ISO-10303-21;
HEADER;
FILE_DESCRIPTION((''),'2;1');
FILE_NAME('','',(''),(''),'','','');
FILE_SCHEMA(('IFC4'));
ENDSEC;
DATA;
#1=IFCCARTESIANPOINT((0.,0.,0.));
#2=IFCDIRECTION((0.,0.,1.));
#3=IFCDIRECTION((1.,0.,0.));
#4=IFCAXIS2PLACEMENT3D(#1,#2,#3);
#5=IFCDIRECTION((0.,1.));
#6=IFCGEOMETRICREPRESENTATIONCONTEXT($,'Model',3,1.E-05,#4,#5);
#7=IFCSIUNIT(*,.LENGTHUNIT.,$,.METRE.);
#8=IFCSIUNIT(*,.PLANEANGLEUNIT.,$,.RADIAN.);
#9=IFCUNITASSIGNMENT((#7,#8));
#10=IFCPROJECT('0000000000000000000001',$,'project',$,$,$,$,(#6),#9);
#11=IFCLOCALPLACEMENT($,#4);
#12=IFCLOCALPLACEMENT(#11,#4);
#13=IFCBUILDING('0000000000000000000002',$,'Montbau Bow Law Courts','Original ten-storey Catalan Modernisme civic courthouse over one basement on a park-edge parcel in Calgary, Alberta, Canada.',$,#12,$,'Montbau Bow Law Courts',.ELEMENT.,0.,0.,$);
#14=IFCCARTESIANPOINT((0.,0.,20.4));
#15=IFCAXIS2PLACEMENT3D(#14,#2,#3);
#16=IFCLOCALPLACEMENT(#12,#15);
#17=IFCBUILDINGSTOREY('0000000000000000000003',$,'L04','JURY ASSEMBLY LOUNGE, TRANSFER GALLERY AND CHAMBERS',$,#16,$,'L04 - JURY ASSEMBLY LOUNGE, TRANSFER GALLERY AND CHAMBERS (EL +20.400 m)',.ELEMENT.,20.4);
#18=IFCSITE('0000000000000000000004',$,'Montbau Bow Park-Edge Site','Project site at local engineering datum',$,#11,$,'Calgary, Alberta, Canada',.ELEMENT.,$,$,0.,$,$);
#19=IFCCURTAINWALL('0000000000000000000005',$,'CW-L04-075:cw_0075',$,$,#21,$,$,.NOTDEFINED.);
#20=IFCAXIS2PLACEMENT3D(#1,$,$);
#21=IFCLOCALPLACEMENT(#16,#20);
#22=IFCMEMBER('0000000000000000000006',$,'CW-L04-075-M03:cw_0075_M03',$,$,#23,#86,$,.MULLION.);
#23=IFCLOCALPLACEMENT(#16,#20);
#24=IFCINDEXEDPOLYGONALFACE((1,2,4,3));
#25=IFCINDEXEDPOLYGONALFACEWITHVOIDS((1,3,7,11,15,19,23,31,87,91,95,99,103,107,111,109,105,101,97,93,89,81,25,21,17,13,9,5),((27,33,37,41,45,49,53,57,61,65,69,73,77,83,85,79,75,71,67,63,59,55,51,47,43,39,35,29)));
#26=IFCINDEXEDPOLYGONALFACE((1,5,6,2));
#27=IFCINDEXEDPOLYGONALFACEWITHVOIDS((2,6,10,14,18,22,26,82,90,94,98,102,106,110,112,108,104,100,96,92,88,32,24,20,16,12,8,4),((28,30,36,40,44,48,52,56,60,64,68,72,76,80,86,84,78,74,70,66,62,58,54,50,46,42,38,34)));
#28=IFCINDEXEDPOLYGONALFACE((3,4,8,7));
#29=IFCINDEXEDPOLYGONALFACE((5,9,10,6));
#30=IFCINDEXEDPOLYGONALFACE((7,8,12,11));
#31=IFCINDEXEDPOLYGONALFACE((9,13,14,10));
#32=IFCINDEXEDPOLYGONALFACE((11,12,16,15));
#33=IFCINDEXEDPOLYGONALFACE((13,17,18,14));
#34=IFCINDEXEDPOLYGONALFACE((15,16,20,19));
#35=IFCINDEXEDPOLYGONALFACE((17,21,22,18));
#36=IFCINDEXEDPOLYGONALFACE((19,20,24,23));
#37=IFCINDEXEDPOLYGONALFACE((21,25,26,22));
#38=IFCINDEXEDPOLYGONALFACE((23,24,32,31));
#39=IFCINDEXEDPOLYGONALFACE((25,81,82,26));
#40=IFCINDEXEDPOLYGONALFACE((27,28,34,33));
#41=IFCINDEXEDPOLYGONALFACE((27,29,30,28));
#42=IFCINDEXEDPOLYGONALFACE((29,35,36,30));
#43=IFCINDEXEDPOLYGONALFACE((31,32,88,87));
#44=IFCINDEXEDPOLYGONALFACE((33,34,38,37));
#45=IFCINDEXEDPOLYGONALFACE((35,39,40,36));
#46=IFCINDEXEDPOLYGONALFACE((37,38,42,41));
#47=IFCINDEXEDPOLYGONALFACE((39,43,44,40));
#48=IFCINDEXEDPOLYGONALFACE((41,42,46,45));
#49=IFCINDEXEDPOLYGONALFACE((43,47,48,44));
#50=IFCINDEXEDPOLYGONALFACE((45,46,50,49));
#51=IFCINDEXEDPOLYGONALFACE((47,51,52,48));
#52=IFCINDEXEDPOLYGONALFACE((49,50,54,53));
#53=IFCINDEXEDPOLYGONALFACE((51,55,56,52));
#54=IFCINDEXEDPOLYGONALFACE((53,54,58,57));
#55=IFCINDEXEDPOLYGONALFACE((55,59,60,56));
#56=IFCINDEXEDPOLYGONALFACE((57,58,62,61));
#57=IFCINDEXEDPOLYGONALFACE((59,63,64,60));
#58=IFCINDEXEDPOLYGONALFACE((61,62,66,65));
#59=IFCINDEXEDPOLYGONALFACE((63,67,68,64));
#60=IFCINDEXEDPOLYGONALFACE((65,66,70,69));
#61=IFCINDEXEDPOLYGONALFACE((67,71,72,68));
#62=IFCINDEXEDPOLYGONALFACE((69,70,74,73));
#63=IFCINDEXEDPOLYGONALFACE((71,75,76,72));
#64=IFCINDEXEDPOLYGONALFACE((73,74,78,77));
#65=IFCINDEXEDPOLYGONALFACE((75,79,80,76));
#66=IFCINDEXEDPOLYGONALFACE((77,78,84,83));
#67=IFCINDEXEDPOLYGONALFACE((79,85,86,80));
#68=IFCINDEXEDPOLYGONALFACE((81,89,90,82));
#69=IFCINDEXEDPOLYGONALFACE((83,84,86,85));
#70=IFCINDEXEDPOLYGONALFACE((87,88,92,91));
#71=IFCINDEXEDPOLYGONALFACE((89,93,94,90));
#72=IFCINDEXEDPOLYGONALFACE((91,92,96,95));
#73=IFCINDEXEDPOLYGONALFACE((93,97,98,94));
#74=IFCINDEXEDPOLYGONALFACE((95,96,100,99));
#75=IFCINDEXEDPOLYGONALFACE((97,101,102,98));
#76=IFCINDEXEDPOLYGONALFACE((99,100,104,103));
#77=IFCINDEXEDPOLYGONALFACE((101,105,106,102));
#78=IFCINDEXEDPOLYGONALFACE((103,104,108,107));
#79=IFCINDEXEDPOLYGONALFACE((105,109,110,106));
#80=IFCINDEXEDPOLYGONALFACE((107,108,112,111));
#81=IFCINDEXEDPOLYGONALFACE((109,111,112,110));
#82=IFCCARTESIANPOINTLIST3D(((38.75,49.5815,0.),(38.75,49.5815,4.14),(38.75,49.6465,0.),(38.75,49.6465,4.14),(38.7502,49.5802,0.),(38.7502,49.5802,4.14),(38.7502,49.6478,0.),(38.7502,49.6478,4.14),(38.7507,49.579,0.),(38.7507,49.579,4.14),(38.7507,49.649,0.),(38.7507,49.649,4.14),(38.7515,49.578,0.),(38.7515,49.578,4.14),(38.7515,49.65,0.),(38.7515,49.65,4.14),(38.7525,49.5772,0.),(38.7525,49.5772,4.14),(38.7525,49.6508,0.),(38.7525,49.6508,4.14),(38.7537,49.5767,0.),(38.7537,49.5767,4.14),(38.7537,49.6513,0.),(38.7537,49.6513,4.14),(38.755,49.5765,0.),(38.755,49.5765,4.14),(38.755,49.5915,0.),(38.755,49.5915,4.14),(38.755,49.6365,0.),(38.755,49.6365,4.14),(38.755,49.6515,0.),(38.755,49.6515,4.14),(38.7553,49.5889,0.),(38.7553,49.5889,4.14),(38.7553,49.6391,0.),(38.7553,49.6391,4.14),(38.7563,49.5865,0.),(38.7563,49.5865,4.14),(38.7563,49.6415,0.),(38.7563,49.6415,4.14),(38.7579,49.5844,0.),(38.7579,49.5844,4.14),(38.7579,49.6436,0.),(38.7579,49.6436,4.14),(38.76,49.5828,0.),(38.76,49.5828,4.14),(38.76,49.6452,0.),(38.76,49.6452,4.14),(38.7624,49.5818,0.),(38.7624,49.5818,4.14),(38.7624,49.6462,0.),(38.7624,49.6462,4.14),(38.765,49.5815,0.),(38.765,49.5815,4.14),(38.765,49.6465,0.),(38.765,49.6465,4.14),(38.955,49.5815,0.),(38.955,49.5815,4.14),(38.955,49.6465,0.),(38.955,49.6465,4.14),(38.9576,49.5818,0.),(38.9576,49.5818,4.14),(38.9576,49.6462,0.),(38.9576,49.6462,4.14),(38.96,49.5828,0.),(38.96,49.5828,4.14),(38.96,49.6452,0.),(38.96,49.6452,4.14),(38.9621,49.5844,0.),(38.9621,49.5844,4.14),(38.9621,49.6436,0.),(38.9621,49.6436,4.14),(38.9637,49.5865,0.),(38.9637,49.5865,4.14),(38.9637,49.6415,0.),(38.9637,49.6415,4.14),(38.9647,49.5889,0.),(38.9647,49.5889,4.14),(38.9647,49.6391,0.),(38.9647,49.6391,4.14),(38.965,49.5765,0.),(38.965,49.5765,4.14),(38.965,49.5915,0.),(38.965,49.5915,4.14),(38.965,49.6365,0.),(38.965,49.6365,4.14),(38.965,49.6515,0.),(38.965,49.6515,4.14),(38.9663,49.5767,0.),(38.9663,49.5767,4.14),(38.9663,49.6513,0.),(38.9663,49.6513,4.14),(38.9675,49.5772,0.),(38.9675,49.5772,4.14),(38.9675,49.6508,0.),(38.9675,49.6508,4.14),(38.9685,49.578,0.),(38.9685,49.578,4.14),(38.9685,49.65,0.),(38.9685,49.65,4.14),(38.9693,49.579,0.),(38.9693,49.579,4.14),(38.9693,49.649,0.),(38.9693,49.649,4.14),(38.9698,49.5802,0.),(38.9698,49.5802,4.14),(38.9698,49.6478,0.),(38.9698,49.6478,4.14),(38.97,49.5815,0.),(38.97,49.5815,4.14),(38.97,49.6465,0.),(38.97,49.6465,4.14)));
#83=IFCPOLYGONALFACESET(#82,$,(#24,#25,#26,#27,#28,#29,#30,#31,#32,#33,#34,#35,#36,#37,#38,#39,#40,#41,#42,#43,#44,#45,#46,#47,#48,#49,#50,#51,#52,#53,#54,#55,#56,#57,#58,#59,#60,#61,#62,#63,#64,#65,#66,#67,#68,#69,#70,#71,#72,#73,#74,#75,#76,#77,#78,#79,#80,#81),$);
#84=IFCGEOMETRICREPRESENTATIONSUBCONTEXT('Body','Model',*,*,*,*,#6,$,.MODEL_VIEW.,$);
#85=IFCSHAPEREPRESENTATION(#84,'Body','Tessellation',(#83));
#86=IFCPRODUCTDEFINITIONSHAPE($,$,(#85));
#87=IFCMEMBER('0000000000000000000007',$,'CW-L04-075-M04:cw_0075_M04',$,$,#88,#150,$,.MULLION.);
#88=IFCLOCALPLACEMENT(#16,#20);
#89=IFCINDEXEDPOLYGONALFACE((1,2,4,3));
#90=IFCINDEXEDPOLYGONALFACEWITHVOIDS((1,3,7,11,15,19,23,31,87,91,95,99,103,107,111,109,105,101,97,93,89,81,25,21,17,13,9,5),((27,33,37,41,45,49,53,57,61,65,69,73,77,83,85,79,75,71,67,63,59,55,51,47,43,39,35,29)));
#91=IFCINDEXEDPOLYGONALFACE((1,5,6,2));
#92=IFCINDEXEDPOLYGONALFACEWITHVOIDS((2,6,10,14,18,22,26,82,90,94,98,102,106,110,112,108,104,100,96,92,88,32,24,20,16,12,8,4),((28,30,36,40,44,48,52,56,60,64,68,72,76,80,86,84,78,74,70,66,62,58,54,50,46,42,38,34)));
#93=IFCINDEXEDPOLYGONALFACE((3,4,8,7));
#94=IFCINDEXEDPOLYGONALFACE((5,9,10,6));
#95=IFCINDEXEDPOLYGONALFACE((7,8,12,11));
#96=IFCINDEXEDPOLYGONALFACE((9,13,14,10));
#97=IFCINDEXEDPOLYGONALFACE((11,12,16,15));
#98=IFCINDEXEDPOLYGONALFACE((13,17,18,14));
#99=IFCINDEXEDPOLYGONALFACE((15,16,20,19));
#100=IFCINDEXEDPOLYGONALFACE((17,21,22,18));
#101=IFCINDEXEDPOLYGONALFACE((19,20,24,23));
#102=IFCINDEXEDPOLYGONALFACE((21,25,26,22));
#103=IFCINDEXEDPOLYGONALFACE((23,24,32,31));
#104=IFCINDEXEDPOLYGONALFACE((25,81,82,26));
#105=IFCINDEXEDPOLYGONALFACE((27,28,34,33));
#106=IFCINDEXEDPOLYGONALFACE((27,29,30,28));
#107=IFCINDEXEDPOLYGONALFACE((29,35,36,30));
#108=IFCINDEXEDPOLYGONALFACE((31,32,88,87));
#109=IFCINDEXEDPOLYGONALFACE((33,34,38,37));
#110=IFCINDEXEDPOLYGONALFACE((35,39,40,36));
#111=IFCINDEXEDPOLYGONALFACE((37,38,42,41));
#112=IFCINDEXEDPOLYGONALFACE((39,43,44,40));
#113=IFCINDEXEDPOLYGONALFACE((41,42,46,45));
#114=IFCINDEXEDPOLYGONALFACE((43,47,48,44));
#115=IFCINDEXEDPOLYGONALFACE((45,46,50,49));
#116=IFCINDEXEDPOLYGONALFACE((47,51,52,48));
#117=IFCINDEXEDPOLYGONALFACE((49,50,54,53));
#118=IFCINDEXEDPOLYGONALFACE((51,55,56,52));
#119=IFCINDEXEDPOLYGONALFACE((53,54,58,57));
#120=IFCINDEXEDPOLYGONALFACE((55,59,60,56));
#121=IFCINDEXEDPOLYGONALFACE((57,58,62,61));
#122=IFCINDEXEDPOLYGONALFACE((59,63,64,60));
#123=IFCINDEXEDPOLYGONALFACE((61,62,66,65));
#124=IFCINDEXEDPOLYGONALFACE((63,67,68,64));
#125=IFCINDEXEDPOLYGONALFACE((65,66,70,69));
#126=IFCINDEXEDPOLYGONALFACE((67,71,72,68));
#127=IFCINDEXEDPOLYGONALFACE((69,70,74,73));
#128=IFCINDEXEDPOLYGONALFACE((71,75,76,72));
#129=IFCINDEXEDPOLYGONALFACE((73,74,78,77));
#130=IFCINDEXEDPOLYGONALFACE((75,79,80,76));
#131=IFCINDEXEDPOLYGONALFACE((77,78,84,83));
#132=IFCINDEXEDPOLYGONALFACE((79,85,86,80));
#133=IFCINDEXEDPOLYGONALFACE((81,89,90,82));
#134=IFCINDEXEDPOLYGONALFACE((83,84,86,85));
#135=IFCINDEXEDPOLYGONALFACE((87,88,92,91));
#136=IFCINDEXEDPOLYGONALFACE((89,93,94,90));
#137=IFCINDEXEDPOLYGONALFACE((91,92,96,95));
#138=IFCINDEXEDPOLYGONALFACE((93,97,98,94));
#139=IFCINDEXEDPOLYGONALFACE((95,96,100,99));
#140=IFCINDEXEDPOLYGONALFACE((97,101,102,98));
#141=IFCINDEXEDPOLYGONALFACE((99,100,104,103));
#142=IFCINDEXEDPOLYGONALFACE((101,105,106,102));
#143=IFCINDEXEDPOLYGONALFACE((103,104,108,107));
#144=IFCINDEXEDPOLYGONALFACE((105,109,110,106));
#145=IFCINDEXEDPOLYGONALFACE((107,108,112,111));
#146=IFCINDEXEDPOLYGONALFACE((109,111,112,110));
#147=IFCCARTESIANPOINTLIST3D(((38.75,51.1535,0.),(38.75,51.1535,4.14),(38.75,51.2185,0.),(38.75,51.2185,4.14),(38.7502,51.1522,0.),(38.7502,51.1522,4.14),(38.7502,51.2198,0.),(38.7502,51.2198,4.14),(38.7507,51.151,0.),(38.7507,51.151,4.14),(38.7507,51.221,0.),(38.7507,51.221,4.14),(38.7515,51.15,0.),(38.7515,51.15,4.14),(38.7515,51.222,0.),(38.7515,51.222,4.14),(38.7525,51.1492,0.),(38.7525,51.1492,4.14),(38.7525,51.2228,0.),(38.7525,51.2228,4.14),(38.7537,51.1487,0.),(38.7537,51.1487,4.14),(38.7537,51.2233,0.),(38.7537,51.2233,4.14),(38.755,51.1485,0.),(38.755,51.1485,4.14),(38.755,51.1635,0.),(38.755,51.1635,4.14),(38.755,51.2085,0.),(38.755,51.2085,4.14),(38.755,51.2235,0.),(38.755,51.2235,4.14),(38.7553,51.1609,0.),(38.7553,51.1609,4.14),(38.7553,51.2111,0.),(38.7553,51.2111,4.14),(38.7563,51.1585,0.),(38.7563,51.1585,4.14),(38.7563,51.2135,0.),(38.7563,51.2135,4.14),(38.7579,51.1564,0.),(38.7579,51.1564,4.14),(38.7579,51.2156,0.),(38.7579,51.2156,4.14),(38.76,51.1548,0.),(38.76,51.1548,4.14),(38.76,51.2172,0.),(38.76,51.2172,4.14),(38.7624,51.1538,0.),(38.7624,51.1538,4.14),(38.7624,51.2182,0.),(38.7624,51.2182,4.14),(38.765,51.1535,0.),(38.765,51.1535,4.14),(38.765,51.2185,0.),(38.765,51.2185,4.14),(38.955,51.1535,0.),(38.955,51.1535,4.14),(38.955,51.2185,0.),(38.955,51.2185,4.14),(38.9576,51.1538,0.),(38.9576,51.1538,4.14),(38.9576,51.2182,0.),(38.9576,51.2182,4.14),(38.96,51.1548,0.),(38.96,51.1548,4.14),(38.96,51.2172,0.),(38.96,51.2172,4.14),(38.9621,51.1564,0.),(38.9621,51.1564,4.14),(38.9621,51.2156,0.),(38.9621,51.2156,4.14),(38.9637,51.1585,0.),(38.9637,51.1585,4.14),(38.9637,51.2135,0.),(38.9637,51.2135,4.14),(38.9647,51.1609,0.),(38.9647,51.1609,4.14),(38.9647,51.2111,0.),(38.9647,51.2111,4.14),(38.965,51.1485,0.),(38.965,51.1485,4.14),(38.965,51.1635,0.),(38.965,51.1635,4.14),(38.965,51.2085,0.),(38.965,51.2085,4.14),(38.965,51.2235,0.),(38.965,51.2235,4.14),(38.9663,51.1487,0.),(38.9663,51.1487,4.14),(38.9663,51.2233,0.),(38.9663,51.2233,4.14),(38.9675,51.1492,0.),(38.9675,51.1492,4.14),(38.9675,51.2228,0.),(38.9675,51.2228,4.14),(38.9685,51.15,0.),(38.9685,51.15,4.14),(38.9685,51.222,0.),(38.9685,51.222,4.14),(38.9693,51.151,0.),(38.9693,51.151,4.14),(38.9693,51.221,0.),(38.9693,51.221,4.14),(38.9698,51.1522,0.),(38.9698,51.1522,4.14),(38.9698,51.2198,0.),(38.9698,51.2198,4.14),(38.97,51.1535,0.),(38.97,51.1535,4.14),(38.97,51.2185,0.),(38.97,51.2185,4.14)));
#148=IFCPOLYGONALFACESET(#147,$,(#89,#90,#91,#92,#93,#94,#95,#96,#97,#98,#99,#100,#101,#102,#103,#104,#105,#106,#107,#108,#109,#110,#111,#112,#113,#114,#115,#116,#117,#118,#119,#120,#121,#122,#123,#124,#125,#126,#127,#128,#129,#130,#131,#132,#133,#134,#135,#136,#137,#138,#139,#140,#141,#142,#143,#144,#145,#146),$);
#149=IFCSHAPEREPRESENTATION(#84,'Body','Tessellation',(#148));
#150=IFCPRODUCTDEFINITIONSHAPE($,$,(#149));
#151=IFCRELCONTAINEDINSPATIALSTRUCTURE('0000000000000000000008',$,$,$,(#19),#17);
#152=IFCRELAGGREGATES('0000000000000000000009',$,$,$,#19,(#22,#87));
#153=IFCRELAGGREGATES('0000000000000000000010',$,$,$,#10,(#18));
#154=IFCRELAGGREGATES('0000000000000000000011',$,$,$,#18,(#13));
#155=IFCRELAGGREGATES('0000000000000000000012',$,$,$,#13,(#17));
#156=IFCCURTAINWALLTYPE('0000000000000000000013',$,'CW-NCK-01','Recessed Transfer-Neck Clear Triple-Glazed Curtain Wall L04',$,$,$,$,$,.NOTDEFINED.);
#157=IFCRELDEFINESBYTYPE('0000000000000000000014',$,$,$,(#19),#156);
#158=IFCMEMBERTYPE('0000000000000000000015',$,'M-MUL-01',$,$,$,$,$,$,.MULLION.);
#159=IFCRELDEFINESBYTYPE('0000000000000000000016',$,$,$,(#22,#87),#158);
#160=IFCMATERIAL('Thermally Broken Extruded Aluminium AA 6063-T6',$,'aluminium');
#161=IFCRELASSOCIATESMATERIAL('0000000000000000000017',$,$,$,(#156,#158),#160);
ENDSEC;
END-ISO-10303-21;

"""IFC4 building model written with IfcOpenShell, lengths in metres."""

from ifc_helpers import new_model, si_unit, direction, frame, origin_with_axes, origin_2d_with_axis, place, context, subcontext, project, spatial, hollow_rectangle, extrude, material, material_profile, profile_set, type_object, element, aggregate, save


model = new_model("IFC4")

# Units and contexts
model_context = context("Model", 3, precision=1e-05, world=origin_with_axes(), true_north=direction((0.0, 1.0)))
body_context = subcontext(model_context, "Body", "Model", "MODEL_VIEW")
ifc_project = project(units=[si_unit("LENGTHUNIT", "METRE"), si_unit("PLANEANGLEUNIT", "RADIAN")], contexts=[model_context])

# Site, building, storey
site_placement = place(None, origin_with_axes())
site = spatial("IfcSite", under=ifc_project, at=site_placement, Name="Montbau Bow Park-Edge Site", Description="Project site at local engineering datum", LongName="Calgary, Alberta, Canada", CompositionType="ELEMENT", RefElevation=0.0)
building_placement = place(site_placement, origin_with_axes())
building = spatial("IfcBuilding", under=site, at=building_placement, Name="Montbau Bow Law Courts", Description="Original ten-storey Catalan Modernisme civic courthouse over one basement on a park-edge parcel in Calgary, Alberta, Canada.", LongName="Montbau Bow Law Courts", CompositionType="ELEMENT", ElevationOfRefHeight=0.0, ElevationOfTerrain=0.0)
storey_placement = place(building_placement, frame((0.0, 0.0, 20.4), z_axis=(0.0, 0.0, 1.0), x_axis=(1.0, 0.0, 0.0)))
storey = spatial("IfcBuildingStorey", under=building, at=storey_placement, Name="L04", Description="JURY ASSEMBLY LOUNGE, TRANSFER GALLERY AND CHAMBERS", LongName="L04 - JURY ASSEMBLY LOUNGE, TRANSFER GALLERY AND CHAMBERS (EL +20.400 m)", CompositionType="ELEMENT", Elevation=20.4)

# Curtain wall, members
ifc_material_1 = material(Name="Thermally Broken Extruded Aluminium AA 6063-T6", Category="aluminium")
curtain_wall_type = type_object("IfcCurtainWallType", Name="CW-NCK-01", Description="Recessed Transfer-Neck Clear Triple-Glazed Curtain Wall L04", PredefinedType="NOTDEFINED", material=ifc_material_1)
curtain_wall_1_placement = place(None, frame((38.86, 46.468, 20.4), z_axis=(0.0, 0.0, 1.0), x_axis=(1.0, 0.0, 0.0)))
curtain_wall_1 = element("IfcCurtainWall", 1, at=curtain_wall_1_placement, inside=storey, type_object=curtain_wall_type, Name="CW-L04-075:cw_0075", PredefinedType="NOTDEFINED")
ifc_material_profile_1 = material_profile(ifc_material_1, hollow_rectangle(XDim=0.075, YDim=0.22, WallThickness=0.005, InnerFilletRadius=0.01, OuterFilletRadius=0.005, at=origin_2d_with_axis()), Name="CWM-220X75", Category="Main", Priority=0)
ifc_profile_set_1 = profile_set([ifc_material_profile_1], Name="Thermally Broken Extruded Aluminium AA 6063-T6")
member_type_1 = type_object("IfcMemberType", Name="M-MUL-01", PredefinedType="MULLION", material=ifc_profile_set_1)
member_1_placement = place(None, frame((38.86, 49.614, 20.4), z_axis=(0.0, 0.0, 1.0), x_axis=(0.0, 1.0, 0.0)))
member_1 = element("IfcMember", 2, at=member_1_placement, type_object=member_type_1, Name="CW-L04-075-M03:cw_0075_M03", PredefinedType="MULLION", context=body_context, shape_type="SweptSolid", body=[
    extrude(hollow_rectangle(XDim=0.075, YDim=0.22, WallThickness=0.005, InnerFilletRadius=0.01, OuterFilletRadius=0.005, at=origin_2d_with_axis()), origin_with_axes(), (0.0, 0.0, 1.0), 4.14),
])
member_2_placement = place(None, frame((38.86, 51.186, 20.4), z_axis=(0.0, 0.0, 1.0), x_axis=(0.0, 1.0, 0.0)))
member_2 = element("IfcMember", 3, at=member_2_placement, type_object=member_type_1, Name="CW-L04-075-M04:cw_0075_M04", PredefinedType="MULLION", context=body_context, shape_type="SweptSolid", body=[
    extrude(hollow_rectangle(XDim=0.075, YDim=0.22, WallThickness=0.005, InnerFilletRadius=0.01, OuterFilletRadius=0.005, at=origin_2d_with_axis()), origin_with_axes(), (0.0, 0.0, 1.0), 4.14),
])

aggregate(curtain_wall_1, [member_1, member_2])

save(model, "model.ifc")
